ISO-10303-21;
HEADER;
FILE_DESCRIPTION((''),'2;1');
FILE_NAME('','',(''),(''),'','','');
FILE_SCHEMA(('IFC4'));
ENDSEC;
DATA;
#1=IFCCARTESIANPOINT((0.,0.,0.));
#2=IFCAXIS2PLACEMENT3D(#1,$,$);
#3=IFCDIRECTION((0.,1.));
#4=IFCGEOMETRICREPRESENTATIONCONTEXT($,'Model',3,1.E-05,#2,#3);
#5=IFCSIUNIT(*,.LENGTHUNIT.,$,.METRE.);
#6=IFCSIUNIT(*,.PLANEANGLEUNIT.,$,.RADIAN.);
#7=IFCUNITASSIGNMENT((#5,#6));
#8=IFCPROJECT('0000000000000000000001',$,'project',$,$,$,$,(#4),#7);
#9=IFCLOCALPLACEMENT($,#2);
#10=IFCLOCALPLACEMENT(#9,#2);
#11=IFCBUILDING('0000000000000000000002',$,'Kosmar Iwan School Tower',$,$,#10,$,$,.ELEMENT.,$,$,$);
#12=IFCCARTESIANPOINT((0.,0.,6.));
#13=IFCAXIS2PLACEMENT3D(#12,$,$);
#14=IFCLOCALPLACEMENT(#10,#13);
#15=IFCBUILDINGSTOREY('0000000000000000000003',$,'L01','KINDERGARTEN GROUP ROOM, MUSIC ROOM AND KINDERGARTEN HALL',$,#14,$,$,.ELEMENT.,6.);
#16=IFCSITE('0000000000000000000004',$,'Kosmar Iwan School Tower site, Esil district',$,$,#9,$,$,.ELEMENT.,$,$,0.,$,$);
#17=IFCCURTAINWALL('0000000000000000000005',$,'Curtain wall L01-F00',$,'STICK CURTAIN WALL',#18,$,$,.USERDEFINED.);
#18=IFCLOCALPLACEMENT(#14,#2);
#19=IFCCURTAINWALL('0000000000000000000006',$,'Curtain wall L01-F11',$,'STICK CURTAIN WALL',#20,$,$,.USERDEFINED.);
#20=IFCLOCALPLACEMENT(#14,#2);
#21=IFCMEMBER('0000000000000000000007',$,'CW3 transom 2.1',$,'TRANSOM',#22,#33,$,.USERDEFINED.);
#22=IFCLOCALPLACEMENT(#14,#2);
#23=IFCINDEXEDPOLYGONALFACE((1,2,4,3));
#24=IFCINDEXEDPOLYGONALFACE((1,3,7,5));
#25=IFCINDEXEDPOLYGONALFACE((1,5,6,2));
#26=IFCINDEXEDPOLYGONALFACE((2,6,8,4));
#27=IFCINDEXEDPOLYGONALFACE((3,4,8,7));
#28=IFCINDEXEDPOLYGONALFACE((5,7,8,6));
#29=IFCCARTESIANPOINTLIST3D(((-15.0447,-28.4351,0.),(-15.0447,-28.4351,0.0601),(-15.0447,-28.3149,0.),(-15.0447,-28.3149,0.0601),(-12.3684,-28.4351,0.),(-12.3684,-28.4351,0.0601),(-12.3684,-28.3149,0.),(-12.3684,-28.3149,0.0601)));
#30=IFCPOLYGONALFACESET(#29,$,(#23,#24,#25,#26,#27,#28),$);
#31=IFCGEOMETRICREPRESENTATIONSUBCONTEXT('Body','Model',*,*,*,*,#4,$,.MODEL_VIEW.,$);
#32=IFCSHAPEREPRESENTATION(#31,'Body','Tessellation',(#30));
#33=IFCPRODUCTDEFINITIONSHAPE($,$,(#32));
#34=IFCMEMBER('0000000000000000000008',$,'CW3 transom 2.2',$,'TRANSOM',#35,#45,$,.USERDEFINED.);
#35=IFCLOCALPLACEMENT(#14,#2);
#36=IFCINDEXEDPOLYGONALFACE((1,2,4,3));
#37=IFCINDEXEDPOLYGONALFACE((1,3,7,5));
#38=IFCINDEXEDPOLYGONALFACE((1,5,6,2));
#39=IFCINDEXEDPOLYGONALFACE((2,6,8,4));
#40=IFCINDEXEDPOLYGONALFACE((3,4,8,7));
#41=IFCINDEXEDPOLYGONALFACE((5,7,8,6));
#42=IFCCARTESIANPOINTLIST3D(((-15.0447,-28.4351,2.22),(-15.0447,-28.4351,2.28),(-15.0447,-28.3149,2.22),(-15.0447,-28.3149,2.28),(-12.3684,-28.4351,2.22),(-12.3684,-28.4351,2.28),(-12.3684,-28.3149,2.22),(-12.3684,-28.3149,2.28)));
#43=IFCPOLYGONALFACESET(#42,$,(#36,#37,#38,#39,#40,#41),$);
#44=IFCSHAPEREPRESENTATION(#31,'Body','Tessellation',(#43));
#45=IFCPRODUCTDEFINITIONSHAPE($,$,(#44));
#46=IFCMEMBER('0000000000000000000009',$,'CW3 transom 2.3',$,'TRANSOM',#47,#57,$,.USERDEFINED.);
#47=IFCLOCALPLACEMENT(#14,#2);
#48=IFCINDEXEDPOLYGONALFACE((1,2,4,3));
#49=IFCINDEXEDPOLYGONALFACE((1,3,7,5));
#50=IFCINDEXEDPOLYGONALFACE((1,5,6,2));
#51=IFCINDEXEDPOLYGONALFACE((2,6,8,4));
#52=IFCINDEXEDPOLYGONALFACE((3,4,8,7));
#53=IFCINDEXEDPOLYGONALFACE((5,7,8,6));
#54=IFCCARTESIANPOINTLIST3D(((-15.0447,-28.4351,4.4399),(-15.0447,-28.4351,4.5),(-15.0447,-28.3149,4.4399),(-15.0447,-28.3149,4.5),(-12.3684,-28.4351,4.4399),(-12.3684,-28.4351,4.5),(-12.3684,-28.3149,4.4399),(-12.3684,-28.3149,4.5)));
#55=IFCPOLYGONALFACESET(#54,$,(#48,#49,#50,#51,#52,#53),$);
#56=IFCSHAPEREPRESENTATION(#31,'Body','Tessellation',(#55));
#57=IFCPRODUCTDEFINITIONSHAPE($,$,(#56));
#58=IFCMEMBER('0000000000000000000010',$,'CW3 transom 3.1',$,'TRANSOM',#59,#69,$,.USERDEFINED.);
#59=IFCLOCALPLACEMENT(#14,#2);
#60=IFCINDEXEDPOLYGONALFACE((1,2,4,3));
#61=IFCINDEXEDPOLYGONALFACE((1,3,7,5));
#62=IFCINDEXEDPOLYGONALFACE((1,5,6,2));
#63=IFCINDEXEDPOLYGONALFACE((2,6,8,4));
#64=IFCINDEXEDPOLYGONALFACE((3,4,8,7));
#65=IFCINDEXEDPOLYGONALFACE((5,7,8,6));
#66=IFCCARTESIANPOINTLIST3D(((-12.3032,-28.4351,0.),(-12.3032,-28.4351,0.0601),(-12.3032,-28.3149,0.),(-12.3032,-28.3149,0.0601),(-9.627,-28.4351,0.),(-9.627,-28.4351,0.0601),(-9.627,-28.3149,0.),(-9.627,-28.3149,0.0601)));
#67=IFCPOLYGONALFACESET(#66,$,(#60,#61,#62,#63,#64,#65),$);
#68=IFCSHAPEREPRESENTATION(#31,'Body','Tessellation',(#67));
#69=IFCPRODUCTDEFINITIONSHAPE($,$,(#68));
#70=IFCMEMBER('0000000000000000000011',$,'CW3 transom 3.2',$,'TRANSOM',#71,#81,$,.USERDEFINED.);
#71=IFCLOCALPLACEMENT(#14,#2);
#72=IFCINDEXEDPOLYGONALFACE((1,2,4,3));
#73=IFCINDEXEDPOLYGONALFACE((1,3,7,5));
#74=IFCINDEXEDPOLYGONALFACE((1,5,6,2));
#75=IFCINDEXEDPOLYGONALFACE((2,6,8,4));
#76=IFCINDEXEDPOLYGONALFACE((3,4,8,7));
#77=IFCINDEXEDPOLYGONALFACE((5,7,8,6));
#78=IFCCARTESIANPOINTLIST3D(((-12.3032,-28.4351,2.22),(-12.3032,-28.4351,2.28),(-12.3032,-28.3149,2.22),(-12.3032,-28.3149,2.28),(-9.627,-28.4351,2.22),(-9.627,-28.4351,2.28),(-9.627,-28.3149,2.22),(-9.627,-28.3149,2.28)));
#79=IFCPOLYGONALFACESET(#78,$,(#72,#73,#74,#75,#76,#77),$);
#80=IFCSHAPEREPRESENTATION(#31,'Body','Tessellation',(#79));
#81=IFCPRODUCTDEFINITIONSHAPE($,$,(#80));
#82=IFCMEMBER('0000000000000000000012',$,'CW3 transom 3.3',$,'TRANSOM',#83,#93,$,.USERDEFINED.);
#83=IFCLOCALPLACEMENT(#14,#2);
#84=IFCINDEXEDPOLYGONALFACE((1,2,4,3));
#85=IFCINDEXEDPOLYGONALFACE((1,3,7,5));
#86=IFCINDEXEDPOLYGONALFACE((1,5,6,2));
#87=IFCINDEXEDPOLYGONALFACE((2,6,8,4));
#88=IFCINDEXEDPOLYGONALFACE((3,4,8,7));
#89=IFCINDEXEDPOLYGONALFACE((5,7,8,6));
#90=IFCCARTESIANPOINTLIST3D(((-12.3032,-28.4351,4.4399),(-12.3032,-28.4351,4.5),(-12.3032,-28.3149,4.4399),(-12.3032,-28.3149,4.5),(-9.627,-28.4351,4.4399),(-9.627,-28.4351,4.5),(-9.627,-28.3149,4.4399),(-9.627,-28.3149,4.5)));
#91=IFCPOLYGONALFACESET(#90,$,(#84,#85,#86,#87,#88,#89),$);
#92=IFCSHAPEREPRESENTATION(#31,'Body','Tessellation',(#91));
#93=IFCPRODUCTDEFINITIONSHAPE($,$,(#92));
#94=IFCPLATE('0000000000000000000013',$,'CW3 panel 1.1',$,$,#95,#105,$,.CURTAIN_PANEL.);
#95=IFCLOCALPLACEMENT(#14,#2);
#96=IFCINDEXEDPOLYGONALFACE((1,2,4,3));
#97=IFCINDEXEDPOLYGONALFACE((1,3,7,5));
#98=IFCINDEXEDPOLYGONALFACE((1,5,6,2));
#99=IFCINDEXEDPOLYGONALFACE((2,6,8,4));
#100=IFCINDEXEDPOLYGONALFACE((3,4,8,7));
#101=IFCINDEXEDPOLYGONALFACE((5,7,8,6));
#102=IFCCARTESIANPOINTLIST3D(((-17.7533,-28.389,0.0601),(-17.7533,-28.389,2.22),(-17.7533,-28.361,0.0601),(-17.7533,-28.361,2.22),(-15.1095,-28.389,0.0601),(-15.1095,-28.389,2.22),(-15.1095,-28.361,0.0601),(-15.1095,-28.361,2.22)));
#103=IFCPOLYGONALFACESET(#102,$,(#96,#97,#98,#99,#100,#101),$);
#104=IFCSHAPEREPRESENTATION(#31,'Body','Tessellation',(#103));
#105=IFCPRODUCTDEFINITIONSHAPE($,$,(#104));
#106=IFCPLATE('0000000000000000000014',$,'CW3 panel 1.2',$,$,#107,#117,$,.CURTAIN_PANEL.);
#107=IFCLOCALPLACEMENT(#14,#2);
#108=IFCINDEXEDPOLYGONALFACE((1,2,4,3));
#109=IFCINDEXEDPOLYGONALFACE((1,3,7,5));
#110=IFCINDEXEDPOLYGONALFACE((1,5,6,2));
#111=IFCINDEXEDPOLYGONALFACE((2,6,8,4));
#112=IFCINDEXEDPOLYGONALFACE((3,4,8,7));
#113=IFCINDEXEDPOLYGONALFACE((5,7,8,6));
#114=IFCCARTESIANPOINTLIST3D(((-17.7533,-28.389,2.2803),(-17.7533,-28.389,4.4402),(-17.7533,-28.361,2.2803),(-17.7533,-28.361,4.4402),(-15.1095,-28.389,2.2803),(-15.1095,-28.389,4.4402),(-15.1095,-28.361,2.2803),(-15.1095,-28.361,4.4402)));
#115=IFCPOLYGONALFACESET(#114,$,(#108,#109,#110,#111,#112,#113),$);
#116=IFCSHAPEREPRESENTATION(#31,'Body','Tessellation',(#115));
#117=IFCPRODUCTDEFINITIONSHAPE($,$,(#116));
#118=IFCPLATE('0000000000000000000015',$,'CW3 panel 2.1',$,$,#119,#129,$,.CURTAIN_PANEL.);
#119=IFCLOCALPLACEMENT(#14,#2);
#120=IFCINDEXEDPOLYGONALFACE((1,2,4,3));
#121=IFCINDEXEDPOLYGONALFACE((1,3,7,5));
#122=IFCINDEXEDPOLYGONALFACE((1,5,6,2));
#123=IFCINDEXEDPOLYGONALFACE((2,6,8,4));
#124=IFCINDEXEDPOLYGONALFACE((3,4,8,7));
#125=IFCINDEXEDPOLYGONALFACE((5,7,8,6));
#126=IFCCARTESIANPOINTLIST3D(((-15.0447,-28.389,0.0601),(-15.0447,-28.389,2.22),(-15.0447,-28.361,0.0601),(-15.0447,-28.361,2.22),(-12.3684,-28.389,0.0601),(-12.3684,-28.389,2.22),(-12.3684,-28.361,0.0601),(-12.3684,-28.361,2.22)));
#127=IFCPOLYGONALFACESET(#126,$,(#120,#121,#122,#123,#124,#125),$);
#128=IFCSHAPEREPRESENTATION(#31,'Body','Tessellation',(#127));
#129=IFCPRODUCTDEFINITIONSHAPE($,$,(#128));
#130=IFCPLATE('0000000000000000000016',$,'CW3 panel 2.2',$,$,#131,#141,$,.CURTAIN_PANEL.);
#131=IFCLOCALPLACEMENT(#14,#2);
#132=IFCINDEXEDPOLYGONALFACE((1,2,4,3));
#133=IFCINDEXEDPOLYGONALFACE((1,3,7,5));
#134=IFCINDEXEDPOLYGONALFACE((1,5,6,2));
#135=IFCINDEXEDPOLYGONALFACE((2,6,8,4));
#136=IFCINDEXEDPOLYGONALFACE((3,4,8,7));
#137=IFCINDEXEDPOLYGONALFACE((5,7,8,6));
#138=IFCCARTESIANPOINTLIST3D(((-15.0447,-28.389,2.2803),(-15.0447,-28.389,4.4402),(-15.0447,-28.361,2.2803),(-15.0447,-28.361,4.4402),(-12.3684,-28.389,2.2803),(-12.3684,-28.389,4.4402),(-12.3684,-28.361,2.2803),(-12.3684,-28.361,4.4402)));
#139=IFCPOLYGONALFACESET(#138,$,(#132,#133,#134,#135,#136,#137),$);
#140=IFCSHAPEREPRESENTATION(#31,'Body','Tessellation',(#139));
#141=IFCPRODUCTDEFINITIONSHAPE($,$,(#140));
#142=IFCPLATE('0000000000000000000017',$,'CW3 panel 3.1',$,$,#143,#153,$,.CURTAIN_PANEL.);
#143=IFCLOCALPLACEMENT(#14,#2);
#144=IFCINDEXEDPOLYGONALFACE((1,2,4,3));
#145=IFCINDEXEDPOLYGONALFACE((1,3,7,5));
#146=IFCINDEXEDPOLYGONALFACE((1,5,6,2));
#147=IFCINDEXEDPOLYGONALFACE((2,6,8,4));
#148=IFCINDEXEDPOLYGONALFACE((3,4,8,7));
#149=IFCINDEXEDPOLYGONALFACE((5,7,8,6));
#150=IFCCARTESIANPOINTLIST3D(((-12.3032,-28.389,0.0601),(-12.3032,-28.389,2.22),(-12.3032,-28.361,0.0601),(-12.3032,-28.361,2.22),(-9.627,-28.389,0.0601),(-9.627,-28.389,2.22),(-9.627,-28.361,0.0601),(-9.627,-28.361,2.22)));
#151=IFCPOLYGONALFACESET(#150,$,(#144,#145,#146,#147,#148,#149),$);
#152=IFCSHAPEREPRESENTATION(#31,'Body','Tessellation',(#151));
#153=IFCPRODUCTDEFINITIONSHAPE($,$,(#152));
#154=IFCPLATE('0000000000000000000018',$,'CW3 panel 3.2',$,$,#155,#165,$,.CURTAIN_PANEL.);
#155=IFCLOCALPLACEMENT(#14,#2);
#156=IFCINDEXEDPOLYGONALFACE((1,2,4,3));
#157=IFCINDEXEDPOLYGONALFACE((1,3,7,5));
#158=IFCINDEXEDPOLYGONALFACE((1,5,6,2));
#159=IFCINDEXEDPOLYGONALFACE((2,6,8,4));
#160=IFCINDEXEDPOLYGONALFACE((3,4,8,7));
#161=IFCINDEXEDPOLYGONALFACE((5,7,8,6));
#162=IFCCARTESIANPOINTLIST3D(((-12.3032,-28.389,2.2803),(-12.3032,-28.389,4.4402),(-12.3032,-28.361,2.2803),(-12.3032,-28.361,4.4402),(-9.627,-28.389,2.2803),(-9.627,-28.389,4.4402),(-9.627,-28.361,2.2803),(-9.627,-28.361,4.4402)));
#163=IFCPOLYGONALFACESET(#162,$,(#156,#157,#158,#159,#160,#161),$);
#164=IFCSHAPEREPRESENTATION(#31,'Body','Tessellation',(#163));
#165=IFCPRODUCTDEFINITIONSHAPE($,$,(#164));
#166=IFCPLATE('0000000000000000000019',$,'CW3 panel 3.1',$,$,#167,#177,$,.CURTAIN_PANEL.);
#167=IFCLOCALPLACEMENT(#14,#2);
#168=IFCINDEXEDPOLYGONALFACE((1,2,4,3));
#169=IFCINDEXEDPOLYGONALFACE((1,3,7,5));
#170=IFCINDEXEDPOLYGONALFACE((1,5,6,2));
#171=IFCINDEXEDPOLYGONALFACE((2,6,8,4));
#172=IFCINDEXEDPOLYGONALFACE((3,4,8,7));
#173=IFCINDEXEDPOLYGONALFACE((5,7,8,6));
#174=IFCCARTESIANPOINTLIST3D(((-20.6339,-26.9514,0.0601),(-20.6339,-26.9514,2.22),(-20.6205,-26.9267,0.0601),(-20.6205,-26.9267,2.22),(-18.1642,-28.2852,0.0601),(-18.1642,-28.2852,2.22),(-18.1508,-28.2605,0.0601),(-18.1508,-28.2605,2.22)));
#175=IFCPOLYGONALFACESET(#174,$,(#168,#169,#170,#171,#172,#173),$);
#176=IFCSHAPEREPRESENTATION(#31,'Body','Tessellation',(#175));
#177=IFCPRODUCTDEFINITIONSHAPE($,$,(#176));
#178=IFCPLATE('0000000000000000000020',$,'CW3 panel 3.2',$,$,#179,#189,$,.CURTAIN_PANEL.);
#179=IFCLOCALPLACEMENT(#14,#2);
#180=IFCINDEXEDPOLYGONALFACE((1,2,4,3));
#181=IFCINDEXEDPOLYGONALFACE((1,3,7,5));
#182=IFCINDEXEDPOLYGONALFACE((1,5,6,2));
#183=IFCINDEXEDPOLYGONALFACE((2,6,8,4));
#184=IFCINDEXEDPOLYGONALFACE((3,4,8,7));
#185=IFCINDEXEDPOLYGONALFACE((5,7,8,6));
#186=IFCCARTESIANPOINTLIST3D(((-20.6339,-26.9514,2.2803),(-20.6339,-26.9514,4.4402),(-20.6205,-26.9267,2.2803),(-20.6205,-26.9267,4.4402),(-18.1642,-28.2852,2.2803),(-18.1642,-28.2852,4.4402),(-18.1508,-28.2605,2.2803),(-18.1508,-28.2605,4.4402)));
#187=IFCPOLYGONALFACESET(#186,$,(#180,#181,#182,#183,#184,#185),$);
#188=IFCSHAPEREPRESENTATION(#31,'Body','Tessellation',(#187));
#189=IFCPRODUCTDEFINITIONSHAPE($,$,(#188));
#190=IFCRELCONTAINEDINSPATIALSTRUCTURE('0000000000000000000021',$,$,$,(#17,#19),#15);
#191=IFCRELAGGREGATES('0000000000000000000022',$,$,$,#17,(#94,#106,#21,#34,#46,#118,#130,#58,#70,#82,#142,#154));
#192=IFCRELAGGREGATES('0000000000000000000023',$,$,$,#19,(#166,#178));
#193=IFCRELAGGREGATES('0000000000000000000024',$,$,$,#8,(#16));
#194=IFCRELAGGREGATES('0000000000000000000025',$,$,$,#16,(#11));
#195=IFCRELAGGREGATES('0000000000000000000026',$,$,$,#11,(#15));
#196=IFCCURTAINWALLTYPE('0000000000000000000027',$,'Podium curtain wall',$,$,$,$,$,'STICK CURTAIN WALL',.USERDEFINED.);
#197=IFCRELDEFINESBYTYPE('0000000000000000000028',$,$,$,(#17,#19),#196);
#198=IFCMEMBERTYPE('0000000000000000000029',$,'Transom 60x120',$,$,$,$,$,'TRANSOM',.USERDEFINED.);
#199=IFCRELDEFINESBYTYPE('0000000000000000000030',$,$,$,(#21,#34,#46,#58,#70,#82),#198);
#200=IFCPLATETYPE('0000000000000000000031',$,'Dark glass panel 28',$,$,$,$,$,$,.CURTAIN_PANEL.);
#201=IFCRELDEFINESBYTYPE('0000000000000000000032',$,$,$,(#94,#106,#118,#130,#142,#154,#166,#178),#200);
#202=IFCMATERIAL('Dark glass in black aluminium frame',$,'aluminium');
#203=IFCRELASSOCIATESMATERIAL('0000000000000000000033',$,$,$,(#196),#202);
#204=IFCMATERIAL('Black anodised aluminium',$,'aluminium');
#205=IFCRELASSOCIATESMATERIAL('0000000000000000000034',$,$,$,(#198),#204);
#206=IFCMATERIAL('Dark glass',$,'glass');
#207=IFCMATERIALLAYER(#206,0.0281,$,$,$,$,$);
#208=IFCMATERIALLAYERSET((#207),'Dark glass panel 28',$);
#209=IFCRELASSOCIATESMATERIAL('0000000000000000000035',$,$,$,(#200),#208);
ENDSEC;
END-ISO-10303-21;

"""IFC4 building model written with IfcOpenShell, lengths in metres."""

from ifc_helpers import new_model, si_unit, direction, frame, origin, origin_2d, place, context, subcontext, project, spatial, rectangle, extrude, material, layer, layer_set, material_profile, profile_set, type_object, element, aggregate, save


model = new_model("IFC4")

# Units and contexts
model_context = context("Model", 3, precision=1e-05, world=origin(), true_north=direction((0.0, 1.0)))
body_context = subcontext(model_context, "Body", "Model", "MODEL_VIEW")
ifc_project = project(units=[si_unit("LENGTHUNIT", "METRE"), si_unit("PLANEANGLEUNIT", "RADIAN")], contexts=[model_context])

# Site, building, storey
site_placement = place(None, origin())
site = spatial("IfcSite", under=ifc_project, at=site_placement, Name="Kosmar Iwan School Tower site, Esil district", CompositionType="ELEMENT", RefElevation=0.0)
building_placement = place(site_placement, origin())
building = spatial("IfcBuilding", under=site, at=building_placement, Name="Kosmar Iwan School Tower", CompositionType="ELEMENT")
storey_placement = place(building_placement, frame((0.0, 0.0, 6.0)))
storey = spatial("IfcBuildingStorey", under=building, at=storey_placement, Name="L01", Description="KINDERGARTEN GROUP ROOM, MUSIC ROOM AND KINDERGARTEN HALL", CompositionType="ELEMENT", Elevation=6.0)

# Curtain wall
ifc_material_1 = material(Name="Dark glass in black aluminium frame", Category="aluminium")
curtain_wall_type = type_object("IfcCurtainWallType", Name="Podium curtain wall", ElementType="STICK CURTAIN WALL", PredefinedType="USERDEFINED", material=ifc_material_1)
curtain_wall_1_placement = place(storey_placement, origin())
curtain_wall_1 = element("IfcCurtainWall", 1, at=curtain_wall_1_placement, inside=storey, type_object=curtain_wall_type, Name="Curtain wall L01-F00", ObjectType="STICK CURTAIN WALL", PredefinedType="USERDEFINED")

# Curtain wall
curtain_wall_2_placement = place(storey_placement, origin())
curtain_wall_2 = element("IfcCurtainWall", 2, at=curtain_wall_2_placement, inside=storey, type_object=curtain_wall_type, Name="Curtain wall L01-F11", ObjectType="STICK CURTAIN WALL", PredefinedType="USERDEFINED")

# Members
ifc_material_2 = material(Name="Black anodised aluminium", Category="aluminium")
ifc_material_profile_1 = material_profile(ifc_material_2, rectangle(XDim=0.1201, YDim=0.0601, at=origin_2d()), Name="TRANSOM 60x120")
ifc_profile_set_1 = profile_set([ifc_material_profile_1], Name="Black anodised aluminium")
member_type_1 = type_object("IfcMemberType", Name="Transom 60x120", ElementType="TRANSOM", PredefinedType="USERDEFINED", material=ifc_profile_set_1)
member_1_placement = place(storey_placement, frame((-15.0447, -28.375, 0.03), z_axis=(1.0, 0.0, 0.0), x_axis=(0.0, 1.0, 0.0)))
member_1 = element("IfcMember", 3, at=member_1_placement, type_object=member_type_1, Name="CW3 transom 2.1", ObjectType="TRANSOM", PredefinedType="USERDEFINED", context=body_context, shape_type="SweptSolid", body=[
    extrude(rectangle(XDim=0.1201, YDim=0.0601, at=origin_2d()), origin(), (0.0, 0.0, 1.0), 2.6763),
])
member_2_placement = place(storey_placement, frame((-15.0447, -28.375, 2.25), z_axis=(1.0, 0.0, 0.0), x_axis=(0.0, 1.0, 0.0)))
member_2 = element("IfcMember", 4, at=member_2_placement, type_object=member_type_1, Name="CW3 transom 2.2", ObjectType="TRANSOM", PredefinedType="USERDEFINED", context=body_context, shape_type="SweptSolid", body=[
    extrude(rectangle(XDim=0.1201, YDim=0.0601, at=origin_2d()), origin(), (0.0, 0.0, 1.0), 2.6763),
])
member_3_placement = place(storey_placement, frame((-15.0447, -28.375, 4.47), z_axis=(1.0, 0.0, 0.0), x_axis=(0.0, 1.0, 0.0)))
member_3 = element("IfcMember", 5, at=member_3_placement, type_object=member_type_1, Name="CW3 transom 2.3", ObjectType="TRANSOM", PredefinedType="USERDEFINED", context=body_context, shape_type="SweptSolid", body=[
    extrude(rectangle(XDim=0.1201, YDim=0.0601, at=origin_2d()), origin(), (0.0, 0.0, 1.0), 2.6763),
])
member_4_placement = place(storey_placement, frame((-12.3032, -28.375, 0.03), z_axis=(1.0, 0.0, 0.0), x_axis=(0.0, 1.0, 0.0)))
member_4 = element("IfcMember", 6, at=member_4_placement, type_object=member_type_1, Name="CW3 transom 3.1", ObjectType="TRANSOM", PredefinedType="USERDEFINED", context=body_context, shape_type="SweptSolid", body=[
    extrude(rectangle(XDim=0.1201, YDim=0.0601, at=origin_2d()), origin(), (0.0, 0.0, 1.0), 2.6763),
])
member_5_placement = place(storey_placement, frame((-12.3032, -28.375, 2.25), z_axis=(1.0, 0.0, 0.0), x_axis=(0.0, 1.0, 0.0)))
member_5 = element("IfcMember", 7, at=member_5_placement, type_object=member_type_1, Name="CW3 transom 3.2", ObjectType="TRANSOM", PredefinedType="USERDEFINED", context=body_context, shape_type="SweptSolid", body=[
    extrude(rectangle(XDim=0.1201, YDim=0.0601, at=origin_2d()), origin(), (0.0, 0.0, 1.0), 2.6763),
])
member_6_placement = place(storey_placement, frame((-12.3032, -28.375, 4.47), z_axis=(1.0, 0.0, 0.0), x_axis=(0.0, 1.0, 0.0)))
member_6 = element("IfcMember", 8, at=member_6_placement, type_object=member_type_1, Name="CW3 transom 3.3", ObjectType="TRANSOM", PredefinedType="USERDEFINED", context=body_context, shape_type="SweptSolid", body=[
    extrude(rectangle(XDim=0.1201, YDim=0.0601, at=origin_2d()), origin(), (0.0, 0.0, 1.0), 2.6763),
])

# Plates
ifc_material_3 = material(Name="Dark glass", Category="glass")
ifc_layer_1 = layer(ifc_material_3, 0.0281)
ifc_layer_set_1 = layer_set([ifc_layer_1], Name="Dark glass panel 28")
plate_type = type_object("IfcPlateType", Name="Dark glass panel 28", PredefinedType="CURTAIN_PANEL", material=ifc_layer_set_1)
plate_1_placement = place(storey_placement, frame((-16.4314, -28.375, 0.0601), z_axis=(0.0, 0.0, 1.0), x_axis=(1.0, 0.0, 0.0)))
plate_1 = element("IfcPlate", 9, at=plate_1_placement, type_object=plate_type, Name="CW3 panel 1.1", PredefinedType="CURTAIN_PANEL", context=body_context, shape_type="SweptSolid", body=[
    extrude(rectangle(XDim=2.6438, YDim=0.0281, at=origin_2d()), origin(), (0.0, 0.0, 1.0), 2.1599),
])
plate_2_placement = place(storey_placement, frame((-16.4314, -28.375, 2.2803), z_axis=(0.0, 0.0, 1.0), x_axis=(1.0, 0.0, 0.0)))
plate_2 = element("IfcPlate", 10, at=plate_2_placement, type_object=plate_type, Name="CW3 panel 1.2", PredefinedType="CURTAIN_PANEL", context=body_context, shape_type="SweptSolid", body=[
    extrude(rectangle(XDim=2.6438, YDim=0.0281, at=origin_2d()), origin(), (0.0, 0.0, 1.0), 2.1599),
])
plate_3_placement = place(storey_placement, frame((-13.7065, -28.375, 0.0601), z_axis=(0.0, 0.0, 1.0), x_axis=(1.0, 0.0, 0.0)))
plate_3 = element("IfcPlate", 11, at=plate_3_placement, type_object=plate_type, Name="CW3 panel 2.1", PredefinedType="CURTAIN_PANEL", context=body_context, shape_type="SweptSolid", body=[
    extrude(rectangle(XDim=2.6763, YDim=0.0281, at=origin_2d()), origin(), (0.0, 0.0, 1.0), 2.1599),
])
plate_4_placement = place(storey_placement, frame((-13.7065, -28.375, 2.2803), z_axis=(0.0, 0.0, 1.0), x_axis=(1.0, 0.0, 0.0)))
plate_4 = element("IfcPlate", 12, at=plate_4_placement, type_object=plate_type, Name="CW3 panel 2.2", PredefinedType="CURTAIN_PANEL", context=body_context, shape_type="SweptSolid", body=[
    extrude(rectangle(XDim=2.6763, YDim=0.0281, at=origin_2d()), origin(), (0.0, 0.0, 1.0), 2.1599),
])
plate_5_placement = place(storey_placement, frame((-10.9651, -28.375, 0.0601), z_axis=(0.0, 0.0, 1.0), x_axis=(1.0, 0.0, 0.0)))
plate_5 = element("IfcPlate", 13, at=plate_5_placement, type_object=plate_type, Name="CW3 panel 3.1", PredefinedType="CURTAIN_PANEL", context=body_context, shape_type="SweptSolid", body=[
    extrude(rectangle(XDim=2.6763, YDim=0.0281, at=origin_2d()), origin(), (0.0, 0.0, 1.0), 2.1599),
])
plate_6_placement = place(storey_placement, frame((-10.9651, -28.375, 2.2803), z_axis=(0.0, 0.0, 1.0), x_axis=(1.0, 0.0, 0.0)))
plate_6 = element("IfcPlate", 14, at=plate_6_placement, type_object=plate_type, Name="CW3 panel 3.2", PredefinedType="CURTAIN_PANEL", context=body_context, shape_type="SweptSolid", body=[
    extrude(rectangle(XDim=2.6763, YDim=0.0281, at=origin_2d()), origin(), (0.0, 0.0, 1.0), 2.1599),
])
aggregate(curtain_wall_1, [plate_1, plate_2, member_1, member_2, member_3, plate_3, plate_4, member_4, member_5, member_6, plate_5, plate_6])
plate_7_placement = place(storey_placement, frame((-19.3923, -27.606, 0.0601), z_axis=(0.0, 0.0, 1.0), x_axis=(0.879869, -0.475215, 0.0)))
plate_7 = element("IfcPlate", 15, at=plate_7_placement, type_object=plate_type, Name="CW3 panel 3.1", PredefinedType="CURTAIN_PANEL", context=body_context, shape_type="SweptSolid", body=[
    extrude(rectangle(XDim=2.8069, YDim=0.0281, at=origin_2d()), origin(), (0.0, 0.0, 1.0), 2.1599),
])
plate_8_placement = place(storey_placement, frame((-19.3923, -27.606, 2.2803), z_axis=(0.0, 0.0, 1.0), x_axis=(0.879869, -0.475215, 0.0)))
plate_8 = element("IfcPlate", 16, at=plate_8_placement, type_object=plate_type, Name="CW3 panel 3.2", PredefinedType="CURTAIN_PANEL", context=body_context, shape_type="SweptSolid", body=[
    extrude(rectangle(XDim=2.8069, YDim=0.0281, at=origin_2d()), origin(), (0.0, 0.0, 1.0), 2.1599),
])
aggregate(curtain_wall_2, [plate_7, plate_8])

save(model, "model.ifc")
